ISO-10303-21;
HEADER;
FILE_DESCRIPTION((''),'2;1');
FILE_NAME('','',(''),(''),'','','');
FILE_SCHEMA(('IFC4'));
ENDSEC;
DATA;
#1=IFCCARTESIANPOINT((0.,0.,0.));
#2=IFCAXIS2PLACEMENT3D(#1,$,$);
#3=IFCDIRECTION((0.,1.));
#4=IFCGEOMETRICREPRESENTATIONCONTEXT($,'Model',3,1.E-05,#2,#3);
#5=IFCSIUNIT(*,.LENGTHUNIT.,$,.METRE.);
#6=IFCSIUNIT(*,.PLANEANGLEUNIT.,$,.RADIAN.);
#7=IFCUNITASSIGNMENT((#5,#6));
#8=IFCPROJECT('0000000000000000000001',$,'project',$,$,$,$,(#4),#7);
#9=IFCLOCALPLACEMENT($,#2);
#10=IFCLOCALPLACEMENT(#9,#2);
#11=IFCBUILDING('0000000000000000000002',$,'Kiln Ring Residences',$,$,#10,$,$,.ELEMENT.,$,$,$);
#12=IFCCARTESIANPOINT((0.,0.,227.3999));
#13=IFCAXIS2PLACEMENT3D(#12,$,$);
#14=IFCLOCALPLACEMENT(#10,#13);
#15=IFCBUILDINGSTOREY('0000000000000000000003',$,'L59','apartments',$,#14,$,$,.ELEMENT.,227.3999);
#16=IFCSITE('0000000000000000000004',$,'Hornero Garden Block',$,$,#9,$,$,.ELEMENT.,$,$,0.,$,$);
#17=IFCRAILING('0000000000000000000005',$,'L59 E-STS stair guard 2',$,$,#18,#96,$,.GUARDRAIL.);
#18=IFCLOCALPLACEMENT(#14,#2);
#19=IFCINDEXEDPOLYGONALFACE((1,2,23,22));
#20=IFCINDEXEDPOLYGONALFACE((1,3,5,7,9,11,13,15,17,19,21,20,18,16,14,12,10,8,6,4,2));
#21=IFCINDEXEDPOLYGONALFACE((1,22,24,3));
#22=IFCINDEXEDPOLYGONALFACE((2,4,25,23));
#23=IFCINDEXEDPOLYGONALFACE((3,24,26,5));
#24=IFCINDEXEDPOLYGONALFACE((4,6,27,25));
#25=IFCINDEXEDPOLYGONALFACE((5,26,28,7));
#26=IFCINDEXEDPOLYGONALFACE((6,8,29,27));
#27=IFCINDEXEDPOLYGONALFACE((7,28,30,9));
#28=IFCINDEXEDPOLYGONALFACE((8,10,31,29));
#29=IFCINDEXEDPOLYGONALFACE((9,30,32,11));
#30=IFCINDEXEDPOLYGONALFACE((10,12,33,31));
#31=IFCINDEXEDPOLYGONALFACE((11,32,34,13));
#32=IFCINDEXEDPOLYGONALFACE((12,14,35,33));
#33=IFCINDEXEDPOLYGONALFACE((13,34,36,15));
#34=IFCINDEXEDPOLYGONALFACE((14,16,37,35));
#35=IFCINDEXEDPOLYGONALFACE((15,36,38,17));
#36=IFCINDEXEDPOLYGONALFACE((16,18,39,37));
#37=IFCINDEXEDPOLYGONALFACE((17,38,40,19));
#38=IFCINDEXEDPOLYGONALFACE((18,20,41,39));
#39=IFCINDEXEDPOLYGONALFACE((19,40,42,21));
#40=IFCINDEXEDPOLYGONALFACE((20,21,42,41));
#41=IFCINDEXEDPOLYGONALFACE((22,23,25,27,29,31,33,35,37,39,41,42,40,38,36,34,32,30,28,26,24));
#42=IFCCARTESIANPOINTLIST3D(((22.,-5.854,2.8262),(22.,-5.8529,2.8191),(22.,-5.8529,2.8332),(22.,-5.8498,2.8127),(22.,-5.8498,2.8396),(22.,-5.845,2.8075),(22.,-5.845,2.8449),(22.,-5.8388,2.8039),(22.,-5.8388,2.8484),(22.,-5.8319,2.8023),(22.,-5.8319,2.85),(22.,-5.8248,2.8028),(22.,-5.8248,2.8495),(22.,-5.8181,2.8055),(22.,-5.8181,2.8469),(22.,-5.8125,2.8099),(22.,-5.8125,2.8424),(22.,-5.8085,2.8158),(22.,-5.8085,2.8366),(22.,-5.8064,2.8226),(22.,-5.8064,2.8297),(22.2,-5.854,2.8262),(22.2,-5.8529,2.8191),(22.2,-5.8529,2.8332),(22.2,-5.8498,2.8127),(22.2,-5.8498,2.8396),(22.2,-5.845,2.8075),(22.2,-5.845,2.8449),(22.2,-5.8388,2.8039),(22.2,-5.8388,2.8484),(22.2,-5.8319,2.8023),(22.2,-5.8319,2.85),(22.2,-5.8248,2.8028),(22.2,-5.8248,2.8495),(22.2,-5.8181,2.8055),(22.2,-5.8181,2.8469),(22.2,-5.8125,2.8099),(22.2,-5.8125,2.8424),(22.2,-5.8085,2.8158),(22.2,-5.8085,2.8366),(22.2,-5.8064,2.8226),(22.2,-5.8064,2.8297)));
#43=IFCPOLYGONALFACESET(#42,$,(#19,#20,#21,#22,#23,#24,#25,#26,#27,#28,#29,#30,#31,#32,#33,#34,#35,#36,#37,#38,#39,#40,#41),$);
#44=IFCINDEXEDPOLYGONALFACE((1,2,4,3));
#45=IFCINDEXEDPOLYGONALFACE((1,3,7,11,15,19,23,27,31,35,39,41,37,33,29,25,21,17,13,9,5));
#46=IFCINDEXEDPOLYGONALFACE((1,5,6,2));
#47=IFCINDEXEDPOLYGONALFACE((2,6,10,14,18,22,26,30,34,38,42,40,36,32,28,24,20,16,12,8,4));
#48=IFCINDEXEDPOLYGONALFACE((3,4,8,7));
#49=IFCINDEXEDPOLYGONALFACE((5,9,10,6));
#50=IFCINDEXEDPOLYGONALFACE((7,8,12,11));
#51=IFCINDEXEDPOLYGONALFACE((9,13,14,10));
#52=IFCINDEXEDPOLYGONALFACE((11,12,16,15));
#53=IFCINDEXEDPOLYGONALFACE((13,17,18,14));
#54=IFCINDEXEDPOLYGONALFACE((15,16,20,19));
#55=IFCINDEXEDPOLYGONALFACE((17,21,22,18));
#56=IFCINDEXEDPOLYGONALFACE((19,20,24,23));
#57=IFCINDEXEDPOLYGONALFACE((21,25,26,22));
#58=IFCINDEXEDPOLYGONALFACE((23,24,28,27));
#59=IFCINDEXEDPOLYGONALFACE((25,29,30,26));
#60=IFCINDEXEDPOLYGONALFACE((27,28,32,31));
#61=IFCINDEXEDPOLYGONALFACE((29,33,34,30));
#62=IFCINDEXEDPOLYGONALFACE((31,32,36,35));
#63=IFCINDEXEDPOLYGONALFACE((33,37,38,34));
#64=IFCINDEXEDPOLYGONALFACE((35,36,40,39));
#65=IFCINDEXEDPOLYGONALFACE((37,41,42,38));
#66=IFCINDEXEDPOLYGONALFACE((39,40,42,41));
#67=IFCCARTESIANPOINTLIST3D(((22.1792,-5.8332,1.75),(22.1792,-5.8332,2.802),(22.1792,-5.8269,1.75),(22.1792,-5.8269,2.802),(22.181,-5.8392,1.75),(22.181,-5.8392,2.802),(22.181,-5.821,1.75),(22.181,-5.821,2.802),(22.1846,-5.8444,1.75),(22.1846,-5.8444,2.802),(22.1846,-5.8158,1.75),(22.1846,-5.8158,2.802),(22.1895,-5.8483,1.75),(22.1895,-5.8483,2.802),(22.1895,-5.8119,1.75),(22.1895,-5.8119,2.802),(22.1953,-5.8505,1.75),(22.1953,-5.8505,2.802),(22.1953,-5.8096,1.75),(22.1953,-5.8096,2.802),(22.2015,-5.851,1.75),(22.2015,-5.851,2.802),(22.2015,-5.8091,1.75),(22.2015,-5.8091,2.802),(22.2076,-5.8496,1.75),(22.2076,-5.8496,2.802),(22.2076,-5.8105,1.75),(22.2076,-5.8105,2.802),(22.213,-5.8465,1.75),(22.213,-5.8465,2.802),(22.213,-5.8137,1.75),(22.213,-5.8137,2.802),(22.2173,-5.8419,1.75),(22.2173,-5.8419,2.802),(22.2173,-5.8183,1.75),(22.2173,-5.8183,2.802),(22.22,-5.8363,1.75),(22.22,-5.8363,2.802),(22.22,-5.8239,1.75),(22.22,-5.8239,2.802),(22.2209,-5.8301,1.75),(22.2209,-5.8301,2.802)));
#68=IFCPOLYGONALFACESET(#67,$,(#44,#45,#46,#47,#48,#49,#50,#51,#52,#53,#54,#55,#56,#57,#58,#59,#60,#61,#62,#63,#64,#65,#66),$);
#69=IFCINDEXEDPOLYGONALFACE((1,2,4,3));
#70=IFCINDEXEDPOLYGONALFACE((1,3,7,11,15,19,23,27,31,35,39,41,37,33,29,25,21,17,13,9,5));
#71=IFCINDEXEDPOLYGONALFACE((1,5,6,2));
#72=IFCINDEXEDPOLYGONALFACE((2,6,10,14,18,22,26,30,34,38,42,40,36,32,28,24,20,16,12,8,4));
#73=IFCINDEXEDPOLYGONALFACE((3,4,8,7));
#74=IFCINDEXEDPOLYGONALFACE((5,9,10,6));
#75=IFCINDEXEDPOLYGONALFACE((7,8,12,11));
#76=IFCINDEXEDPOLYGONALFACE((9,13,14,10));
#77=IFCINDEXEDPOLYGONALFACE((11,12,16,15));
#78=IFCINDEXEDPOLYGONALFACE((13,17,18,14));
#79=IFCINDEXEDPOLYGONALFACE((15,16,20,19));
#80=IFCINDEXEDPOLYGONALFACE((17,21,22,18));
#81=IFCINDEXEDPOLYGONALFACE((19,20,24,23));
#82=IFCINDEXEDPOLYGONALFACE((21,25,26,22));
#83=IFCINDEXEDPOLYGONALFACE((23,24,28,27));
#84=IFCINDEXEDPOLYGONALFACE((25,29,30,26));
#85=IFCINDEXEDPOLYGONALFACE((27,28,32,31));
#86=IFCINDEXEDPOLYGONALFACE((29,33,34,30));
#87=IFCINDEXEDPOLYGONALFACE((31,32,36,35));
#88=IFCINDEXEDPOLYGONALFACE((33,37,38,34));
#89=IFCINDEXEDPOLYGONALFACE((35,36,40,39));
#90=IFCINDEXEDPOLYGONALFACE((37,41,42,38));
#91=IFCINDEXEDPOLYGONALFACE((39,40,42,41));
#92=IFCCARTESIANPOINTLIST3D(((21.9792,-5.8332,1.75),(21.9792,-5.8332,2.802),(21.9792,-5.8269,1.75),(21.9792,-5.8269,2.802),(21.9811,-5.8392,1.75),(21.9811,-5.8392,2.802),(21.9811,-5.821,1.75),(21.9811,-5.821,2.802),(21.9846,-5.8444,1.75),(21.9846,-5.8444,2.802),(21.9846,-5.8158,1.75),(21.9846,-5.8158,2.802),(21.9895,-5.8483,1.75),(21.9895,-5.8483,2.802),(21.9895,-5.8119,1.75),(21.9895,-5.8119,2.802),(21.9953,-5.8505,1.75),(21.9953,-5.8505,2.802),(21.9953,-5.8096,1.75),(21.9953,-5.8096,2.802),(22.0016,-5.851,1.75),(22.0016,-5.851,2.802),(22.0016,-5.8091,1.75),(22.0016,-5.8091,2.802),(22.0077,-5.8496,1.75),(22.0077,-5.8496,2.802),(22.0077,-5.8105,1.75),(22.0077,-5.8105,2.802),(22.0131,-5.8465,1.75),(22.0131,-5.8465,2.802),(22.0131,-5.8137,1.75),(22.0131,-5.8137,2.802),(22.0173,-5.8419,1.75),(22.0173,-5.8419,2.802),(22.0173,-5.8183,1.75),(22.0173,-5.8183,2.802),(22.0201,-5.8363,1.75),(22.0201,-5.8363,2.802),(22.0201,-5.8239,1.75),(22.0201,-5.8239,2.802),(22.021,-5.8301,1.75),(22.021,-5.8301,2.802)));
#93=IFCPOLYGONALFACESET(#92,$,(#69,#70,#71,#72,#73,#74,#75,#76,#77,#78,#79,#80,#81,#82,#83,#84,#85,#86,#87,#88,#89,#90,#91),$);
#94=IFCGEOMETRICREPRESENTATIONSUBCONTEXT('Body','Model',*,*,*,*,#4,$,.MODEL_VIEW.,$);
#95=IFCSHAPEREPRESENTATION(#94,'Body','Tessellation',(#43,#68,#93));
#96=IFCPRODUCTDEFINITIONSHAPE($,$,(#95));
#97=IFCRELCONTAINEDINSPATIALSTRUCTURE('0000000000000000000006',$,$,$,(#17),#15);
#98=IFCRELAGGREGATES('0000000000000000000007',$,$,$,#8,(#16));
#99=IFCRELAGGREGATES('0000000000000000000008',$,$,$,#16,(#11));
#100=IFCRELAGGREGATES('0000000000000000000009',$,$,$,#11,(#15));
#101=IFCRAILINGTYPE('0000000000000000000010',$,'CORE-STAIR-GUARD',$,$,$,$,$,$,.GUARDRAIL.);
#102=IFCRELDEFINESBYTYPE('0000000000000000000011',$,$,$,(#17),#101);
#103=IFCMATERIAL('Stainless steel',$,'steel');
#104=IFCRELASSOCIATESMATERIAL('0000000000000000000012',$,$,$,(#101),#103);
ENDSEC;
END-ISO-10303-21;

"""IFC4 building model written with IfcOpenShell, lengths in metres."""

from ifc_helpers import new_model, si_unit, direction, frame, origin, origin_2d, place, context, subcontext, project, spatial, circle, extrude, material, type_object, element, save


model = new_model("IFC4")

# Units and contexts
model_context = context("Model", 3, precision=1e-05, world=origin(), true_north=direction((0.0, 1.0)))
body_context = subcontext(model_context, "Body", "Model", "MODEL_VIEW")
ifc_project = project(units=[si_unit("LENGTHUNIT", "METRE"), si_unit("PLANEANGLEUNIT", "RADIAN")], contexts=[model_context])

# Site, building, storey
site_placement = place(None, origin())
site = spatial("IfcSite", under=ifc_project, at=site_placement, Name="Hornero Garden Block", CompositionType="ELEMENT", RefElevation=0.0)
building_placement = place(site_placement, origin())
building = spatial("IfcBuilding", under=site, at=building_placement, Name="Kiln Ring Residences", CompositionType="ELEMENT")
storey_placement = place(building_placement, frame((0.0, 0.0, 227.3999)))
storey = spatial("IfcBuildingStorey", under=building, at=storey_placement, Name="L59", Description="apartments", CompositionType="ELEMENT", Elevation=227.3999)

# Railing
ifc_material_1 = material(Name="Stainless steel", Category="steel")
railing_type_1 = type_object("IfcRailingType", Name="CORE-STAIR-GUARD", PredefinedType="GUARDRAIL", material=ifc_material_1)
railing_1_placement = place(storey_placement, frame((22.2, -5.8301, 1.75)))
element("IfcRailing", 1, at=railing_1_placement, inside=storey, type_object=railing_type_1, Name="L59 E-STS stair guard 2", PredefinedType="GUARDRAIL", context=body_context, shape_type="SweptSolid", body=[
    extrude(circle(Radius=0.0239, at=origin_2d()), frame((0.0, 0.0, 1.0762), z_axis=(-1.0, 0.0, 0.0), x_axis=(0.0, -1.0, 0.0)), (0.0, 0.0, 1.0), 0.2),
    extrude(circle(Radius=0.021, at=origin_2d()), origin(), (0.0, 0.0, 1.0), 1.052),
    extrude(circle(Radius=0.021, at=origin_2d()), frame((-0.2, 0.0, 0.0)), (0.0, 0.0, 1.0), 1.052),
])

save(model, "model.ifc")
